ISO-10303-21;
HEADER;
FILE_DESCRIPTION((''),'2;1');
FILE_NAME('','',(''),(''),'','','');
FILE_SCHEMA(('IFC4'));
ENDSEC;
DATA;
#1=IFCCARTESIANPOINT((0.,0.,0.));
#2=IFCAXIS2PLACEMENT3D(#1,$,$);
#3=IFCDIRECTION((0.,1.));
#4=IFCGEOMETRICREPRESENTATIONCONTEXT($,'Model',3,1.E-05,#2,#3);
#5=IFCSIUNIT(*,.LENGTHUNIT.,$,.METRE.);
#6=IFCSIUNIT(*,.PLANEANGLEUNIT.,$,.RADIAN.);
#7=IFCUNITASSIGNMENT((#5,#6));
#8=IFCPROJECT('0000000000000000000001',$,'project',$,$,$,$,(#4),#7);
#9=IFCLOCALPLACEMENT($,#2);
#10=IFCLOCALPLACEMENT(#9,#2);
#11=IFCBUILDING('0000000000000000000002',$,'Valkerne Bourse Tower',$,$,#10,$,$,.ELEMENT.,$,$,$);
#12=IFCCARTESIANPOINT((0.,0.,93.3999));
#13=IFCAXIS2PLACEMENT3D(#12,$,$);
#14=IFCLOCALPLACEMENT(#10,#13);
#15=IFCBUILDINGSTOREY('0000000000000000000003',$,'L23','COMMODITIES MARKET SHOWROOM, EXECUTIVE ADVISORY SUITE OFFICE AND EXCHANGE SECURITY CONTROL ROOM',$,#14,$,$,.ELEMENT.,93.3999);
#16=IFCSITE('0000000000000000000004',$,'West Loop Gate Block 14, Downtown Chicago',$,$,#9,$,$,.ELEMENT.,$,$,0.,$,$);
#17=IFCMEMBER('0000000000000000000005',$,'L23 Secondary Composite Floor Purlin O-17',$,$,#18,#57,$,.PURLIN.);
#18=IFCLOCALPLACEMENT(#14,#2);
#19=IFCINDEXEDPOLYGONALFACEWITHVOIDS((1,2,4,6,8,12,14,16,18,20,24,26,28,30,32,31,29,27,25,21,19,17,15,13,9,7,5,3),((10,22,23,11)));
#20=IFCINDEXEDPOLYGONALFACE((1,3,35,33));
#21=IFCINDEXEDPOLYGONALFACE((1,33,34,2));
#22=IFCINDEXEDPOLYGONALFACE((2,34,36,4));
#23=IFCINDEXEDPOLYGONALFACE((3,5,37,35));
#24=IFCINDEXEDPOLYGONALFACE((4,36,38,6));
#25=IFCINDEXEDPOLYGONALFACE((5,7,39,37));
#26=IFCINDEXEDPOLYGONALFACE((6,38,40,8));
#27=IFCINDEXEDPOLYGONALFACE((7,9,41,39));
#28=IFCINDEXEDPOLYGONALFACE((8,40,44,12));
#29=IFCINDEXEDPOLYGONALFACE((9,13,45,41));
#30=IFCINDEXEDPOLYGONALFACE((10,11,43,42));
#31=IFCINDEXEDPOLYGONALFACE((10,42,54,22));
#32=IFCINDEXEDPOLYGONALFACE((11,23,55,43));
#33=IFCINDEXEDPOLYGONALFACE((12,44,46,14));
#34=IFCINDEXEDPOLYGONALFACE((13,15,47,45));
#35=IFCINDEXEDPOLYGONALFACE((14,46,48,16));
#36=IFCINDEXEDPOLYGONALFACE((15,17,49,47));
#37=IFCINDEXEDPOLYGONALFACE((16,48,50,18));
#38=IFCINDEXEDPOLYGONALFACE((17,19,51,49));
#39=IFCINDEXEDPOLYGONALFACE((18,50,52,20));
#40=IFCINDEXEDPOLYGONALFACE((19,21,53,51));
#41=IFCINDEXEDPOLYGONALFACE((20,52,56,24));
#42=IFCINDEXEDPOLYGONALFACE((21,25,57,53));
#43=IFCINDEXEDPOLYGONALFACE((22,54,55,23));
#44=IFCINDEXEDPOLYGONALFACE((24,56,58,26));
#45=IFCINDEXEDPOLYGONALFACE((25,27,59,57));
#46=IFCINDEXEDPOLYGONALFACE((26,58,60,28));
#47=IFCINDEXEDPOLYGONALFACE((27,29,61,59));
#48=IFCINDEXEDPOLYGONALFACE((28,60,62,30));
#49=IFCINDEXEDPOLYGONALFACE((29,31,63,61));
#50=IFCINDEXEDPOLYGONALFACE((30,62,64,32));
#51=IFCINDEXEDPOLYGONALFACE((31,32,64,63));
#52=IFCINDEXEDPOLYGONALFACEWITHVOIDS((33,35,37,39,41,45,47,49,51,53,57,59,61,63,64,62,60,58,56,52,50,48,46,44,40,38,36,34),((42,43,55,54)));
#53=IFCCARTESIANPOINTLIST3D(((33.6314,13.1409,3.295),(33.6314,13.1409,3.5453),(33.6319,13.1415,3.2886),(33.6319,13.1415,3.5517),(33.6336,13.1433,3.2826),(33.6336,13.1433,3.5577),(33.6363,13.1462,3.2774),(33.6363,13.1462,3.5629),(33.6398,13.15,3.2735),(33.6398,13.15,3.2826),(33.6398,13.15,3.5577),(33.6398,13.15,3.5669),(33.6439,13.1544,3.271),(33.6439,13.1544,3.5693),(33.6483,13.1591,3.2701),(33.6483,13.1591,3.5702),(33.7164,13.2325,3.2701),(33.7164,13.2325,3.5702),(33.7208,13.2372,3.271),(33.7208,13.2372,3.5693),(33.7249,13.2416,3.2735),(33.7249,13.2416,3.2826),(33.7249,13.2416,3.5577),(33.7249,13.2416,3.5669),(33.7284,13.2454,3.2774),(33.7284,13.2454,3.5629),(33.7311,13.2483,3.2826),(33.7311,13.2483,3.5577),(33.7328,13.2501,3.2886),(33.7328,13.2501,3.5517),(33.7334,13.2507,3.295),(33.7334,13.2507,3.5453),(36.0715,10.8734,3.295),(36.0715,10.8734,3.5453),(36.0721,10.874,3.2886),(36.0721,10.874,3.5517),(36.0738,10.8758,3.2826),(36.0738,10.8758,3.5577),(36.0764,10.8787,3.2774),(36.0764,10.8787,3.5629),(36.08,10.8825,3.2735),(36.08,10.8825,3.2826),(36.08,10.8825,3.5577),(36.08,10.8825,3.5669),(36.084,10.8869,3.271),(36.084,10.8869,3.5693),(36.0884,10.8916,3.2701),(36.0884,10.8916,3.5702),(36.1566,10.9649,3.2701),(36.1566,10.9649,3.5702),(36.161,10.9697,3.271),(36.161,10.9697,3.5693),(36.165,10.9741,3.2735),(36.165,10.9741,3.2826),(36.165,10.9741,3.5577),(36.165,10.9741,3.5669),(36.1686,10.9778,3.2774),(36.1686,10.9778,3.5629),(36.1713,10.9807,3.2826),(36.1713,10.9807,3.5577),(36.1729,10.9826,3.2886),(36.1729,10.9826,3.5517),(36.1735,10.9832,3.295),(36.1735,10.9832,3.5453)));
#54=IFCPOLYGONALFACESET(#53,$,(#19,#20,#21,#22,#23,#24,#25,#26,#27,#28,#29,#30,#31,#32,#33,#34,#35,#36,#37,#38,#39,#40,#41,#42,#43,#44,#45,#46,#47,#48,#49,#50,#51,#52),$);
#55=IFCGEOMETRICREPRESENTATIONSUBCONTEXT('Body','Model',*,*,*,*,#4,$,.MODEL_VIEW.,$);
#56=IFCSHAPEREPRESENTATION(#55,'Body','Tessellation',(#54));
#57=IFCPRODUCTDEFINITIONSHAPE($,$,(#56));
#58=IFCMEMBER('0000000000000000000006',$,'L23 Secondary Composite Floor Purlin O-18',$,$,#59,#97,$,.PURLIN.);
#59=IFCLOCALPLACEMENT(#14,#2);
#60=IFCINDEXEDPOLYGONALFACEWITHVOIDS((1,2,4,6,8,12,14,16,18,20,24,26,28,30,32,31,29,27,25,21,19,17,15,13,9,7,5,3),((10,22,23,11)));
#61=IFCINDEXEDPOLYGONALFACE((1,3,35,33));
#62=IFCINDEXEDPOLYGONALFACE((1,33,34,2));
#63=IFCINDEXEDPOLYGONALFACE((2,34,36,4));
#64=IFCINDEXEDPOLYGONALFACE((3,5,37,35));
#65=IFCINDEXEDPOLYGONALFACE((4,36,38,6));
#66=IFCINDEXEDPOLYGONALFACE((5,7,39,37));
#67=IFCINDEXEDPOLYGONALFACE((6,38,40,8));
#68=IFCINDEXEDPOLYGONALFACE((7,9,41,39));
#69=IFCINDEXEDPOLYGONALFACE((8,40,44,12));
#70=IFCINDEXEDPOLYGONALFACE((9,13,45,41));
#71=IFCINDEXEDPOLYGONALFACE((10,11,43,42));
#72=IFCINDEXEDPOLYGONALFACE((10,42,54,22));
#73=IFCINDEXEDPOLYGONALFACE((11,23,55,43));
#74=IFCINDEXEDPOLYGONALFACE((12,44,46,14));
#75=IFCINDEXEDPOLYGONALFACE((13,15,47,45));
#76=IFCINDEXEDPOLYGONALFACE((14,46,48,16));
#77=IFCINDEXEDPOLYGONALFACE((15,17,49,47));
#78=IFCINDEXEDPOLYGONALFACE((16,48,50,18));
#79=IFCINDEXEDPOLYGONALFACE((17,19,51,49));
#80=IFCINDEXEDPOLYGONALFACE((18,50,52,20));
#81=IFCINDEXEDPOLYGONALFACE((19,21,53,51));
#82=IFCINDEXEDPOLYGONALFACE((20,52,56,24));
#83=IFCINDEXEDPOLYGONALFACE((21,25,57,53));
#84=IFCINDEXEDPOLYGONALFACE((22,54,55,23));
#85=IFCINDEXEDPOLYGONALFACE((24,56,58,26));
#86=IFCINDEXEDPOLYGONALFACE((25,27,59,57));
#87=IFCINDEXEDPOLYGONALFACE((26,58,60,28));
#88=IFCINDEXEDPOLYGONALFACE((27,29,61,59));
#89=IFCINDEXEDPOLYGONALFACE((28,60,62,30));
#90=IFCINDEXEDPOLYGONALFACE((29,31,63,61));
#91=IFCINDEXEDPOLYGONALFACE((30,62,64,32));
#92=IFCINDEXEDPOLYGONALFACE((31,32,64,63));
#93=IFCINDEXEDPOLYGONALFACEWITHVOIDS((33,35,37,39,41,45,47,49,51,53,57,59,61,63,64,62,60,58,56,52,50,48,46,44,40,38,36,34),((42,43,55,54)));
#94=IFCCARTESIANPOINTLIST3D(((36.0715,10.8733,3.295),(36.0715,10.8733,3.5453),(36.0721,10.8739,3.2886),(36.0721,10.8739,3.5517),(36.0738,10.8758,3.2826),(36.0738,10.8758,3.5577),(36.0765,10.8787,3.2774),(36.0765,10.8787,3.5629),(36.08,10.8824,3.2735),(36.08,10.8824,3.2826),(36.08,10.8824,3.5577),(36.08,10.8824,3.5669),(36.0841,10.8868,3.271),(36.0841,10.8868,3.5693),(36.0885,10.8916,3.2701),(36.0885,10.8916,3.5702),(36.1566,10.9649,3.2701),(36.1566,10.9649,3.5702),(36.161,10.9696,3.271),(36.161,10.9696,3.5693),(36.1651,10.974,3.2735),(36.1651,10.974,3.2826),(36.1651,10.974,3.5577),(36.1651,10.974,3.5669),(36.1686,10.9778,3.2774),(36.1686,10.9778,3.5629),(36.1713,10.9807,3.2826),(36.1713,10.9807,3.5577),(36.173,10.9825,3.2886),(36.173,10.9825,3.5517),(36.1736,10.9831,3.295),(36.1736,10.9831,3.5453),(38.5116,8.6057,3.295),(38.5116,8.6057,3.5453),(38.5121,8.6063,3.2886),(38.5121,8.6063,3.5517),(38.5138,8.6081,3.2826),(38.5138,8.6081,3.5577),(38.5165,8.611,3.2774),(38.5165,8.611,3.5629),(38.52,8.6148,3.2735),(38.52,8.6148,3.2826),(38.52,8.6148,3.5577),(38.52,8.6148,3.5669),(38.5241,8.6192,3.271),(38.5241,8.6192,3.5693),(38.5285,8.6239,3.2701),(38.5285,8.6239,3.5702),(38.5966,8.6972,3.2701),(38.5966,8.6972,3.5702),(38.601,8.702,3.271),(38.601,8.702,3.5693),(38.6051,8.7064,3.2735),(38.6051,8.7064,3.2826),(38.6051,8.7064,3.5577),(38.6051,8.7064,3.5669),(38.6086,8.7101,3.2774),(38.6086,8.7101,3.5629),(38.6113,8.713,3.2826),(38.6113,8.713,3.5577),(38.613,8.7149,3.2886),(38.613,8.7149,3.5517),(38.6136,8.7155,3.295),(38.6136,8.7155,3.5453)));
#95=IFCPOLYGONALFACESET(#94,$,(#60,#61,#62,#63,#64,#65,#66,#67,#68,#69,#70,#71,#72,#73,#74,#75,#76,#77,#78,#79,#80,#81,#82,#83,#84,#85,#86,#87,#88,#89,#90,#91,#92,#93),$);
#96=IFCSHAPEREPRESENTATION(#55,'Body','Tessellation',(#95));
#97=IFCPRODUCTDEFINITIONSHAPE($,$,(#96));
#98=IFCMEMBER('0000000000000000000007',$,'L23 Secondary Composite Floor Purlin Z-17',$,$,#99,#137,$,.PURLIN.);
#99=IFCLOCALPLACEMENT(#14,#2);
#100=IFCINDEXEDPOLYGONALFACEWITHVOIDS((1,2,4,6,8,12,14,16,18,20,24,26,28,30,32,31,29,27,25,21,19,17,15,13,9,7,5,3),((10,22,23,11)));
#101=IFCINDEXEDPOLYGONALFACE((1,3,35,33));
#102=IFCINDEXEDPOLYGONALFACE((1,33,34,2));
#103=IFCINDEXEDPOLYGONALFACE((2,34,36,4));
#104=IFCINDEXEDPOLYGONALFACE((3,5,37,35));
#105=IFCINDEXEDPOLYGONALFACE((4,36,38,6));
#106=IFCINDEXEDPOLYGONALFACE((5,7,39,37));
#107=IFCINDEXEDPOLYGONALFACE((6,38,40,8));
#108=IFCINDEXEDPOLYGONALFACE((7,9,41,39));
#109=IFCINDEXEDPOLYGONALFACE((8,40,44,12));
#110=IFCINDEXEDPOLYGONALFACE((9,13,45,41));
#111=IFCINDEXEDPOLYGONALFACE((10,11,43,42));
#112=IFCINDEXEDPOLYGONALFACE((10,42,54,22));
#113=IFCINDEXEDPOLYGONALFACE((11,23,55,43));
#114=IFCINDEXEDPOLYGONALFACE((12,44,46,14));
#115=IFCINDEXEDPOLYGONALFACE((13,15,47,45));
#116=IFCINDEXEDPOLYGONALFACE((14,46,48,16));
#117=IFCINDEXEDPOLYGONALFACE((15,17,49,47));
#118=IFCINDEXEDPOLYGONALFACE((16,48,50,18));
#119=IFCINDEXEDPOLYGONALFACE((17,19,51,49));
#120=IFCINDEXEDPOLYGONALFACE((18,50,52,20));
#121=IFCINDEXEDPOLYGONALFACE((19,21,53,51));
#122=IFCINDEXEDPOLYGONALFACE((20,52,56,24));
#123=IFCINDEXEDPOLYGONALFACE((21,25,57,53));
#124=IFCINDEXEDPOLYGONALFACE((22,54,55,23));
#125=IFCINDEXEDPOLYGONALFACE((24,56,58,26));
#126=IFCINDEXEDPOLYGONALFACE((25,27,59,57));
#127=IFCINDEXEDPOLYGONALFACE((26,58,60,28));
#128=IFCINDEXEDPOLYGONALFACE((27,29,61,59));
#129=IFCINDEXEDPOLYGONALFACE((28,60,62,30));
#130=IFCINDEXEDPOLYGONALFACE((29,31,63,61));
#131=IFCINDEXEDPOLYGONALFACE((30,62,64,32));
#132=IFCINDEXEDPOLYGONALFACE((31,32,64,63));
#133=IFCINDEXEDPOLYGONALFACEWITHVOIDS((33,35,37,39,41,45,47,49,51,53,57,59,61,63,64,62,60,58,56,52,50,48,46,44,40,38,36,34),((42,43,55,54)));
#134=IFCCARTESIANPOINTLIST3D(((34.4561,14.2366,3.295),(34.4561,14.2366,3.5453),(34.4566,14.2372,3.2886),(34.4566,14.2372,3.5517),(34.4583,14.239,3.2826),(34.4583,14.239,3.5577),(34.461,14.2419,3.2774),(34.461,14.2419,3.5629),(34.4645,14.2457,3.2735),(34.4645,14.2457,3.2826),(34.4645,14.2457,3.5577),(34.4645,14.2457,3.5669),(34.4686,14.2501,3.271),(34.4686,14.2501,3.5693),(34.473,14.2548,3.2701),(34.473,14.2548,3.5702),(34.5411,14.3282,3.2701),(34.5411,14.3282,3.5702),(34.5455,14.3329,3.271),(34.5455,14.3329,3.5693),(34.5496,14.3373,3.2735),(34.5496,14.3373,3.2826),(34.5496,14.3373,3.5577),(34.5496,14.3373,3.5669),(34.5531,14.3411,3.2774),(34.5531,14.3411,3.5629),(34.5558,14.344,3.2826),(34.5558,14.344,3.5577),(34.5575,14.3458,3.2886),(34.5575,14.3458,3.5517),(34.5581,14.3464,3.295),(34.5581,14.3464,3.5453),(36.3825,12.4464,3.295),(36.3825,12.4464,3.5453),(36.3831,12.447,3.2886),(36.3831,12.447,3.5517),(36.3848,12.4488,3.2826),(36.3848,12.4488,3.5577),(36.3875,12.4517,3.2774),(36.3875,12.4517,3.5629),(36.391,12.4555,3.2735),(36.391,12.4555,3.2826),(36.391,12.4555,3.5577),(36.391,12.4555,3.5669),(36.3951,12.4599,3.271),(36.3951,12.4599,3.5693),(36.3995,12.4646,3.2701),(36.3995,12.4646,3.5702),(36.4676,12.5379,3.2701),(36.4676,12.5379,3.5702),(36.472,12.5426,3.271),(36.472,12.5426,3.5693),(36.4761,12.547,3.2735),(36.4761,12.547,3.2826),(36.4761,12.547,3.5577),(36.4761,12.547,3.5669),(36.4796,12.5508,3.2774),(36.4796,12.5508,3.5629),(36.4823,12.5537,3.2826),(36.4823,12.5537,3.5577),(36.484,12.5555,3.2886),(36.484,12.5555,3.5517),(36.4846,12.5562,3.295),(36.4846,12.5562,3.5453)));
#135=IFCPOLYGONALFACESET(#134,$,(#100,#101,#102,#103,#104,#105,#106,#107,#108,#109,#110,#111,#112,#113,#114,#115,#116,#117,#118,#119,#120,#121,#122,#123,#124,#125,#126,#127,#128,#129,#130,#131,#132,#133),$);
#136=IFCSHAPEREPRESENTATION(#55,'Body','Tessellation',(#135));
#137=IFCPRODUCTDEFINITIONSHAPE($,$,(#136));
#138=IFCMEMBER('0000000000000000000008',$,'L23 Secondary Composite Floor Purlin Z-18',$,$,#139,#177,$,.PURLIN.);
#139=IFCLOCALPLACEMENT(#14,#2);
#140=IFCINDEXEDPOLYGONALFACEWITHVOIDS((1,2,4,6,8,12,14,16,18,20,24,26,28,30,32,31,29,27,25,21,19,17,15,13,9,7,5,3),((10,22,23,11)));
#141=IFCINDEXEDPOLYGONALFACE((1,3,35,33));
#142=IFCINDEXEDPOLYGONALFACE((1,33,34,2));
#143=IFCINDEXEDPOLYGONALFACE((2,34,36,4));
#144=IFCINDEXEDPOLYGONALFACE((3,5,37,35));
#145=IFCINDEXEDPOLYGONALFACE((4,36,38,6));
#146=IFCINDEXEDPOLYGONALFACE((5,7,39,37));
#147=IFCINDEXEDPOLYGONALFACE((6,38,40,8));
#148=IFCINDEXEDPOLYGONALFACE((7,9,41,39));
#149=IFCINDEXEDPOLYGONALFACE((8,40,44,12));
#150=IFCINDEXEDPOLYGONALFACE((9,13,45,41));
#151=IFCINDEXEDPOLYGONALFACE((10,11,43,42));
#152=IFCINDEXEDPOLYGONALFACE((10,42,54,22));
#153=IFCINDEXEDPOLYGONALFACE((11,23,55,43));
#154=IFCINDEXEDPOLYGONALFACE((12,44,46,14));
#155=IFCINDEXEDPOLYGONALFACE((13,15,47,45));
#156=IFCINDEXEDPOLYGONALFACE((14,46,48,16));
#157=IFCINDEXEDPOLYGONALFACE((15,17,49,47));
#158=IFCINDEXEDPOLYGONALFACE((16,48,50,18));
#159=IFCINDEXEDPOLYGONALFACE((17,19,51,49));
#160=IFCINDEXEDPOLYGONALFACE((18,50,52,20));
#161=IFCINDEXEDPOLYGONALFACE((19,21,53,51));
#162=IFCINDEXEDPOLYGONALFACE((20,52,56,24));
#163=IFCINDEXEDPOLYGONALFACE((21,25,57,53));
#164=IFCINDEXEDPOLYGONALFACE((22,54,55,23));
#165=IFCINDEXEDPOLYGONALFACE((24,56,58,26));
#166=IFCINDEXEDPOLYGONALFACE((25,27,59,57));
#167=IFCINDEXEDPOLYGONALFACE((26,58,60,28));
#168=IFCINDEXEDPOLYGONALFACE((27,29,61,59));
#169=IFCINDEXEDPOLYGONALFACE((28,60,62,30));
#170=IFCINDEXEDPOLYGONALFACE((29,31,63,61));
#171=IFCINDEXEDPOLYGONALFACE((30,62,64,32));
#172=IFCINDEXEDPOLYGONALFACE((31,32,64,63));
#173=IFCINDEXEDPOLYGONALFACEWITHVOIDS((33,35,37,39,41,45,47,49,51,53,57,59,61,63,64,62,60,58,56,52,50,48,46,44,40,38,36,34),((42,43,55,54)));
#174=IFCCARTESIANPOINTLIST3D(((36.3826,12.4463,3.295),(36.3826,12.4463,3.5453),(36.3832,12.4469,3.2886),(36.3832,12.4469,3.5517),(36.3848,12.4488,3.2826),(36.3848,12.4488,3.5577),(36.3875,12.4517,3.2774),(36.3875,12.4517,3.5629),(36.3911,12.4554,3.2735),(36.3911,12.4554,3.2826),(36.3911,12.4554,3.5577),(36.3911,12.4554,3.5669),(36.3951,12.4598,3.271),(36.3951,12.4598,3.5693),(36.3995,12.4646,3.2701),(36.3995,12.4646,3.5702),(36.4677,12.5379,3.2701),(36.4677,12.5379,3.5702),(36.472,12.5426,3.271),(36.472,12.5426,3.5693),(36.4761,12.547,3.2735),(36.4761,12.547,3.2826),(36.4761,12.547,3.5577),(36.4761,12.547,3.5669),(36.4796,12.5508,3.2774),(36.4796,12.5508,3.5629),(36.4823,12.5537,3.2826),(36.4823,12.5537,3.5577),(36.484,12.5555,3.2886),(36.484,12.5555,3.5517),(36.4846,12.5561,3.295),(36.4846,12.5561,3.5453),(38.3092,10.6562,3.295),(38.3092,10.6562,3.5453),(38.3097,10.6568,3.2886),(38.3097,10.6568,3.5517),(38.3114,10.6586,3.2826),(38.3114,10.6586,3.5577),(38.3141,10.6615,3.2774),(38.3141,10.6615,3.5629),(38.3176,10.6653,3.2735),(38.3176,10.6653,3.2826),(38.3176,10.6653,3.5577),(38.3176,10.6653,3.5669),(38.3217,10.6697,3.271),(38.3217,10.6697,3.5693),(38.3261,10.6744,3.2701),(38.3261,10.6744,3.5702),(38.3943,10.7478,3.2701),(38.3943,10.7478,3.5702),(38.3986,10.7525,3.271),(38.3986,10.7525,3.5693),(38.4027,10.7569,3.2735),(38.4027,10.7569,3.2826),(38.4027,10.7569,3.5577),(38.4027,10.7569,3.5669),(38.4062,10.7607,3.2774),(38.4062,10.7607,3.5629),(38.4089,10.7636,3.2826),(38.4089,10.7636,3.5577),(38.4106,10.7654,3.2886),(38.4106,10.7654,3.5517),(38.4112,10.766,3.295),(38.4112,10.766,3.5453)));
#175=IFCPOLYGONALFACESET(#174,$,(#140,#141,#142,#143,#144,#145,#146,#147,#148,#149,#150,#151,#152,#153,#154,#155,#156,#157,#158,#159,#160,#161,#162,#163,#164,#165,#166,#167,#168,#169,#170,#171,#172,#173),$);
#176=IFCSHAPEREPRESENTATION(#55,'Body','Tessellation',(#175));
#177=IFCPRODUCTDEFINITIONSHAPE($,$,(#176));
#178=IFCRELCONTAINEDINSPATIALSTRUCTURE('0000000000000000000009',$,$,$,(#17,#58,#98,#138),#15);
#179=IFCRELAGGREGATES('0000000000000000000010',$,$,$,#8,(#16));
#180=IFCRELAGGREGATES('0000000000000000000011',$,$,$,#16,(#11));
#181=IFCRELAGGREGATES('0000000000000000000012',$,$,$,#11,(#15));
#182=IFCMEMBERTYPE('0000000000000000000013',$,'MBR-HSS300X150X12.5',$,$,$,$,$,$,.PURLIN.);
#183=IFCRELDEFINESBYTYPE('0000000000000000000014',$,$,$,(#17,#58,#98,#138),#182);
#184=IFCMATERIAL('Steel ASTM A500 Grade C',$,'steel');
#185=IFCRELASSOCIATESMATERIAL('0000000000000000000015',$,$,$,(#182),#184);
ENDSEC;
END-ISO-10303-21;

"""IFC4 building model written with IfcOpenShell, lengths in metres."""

from ifc_helpers import new_model, si_unit, direction, frame, origin, origin_2d, place, context, subcontext, project, spatial, hollow_rectangle, extrude, material, material_profile, profile_set, type_object, element, save


model = new_model("IFC4")

# Units and contexts
model_context = context("Model", 3, precision=1e-05, world=origin(), true_north=direction((0.0, 1.0)))
body_context = subcontext(model_context, "Body", "Model", "MODEL_VIEW")
ifc_project = project(units=[si_unit("LENGTHUNIT", "METRE"), si_unit("PLANEANGLEUNIT", "RADIAN")], contexts=[model_context])

# Site, building, storey
site_placement = place(None, origin())
site = spatial("IfcSite", under=ifc_project, at=site_placement, Name="West Loop Gate Block 14, Downtown Chicago", CompositionType="ELEMENT", RefElevation=0.0)
building_placement = place(site_placement, origin())
building = spatial("IfcBuilding", under=site, at=building_placement, Name="Valkerne Bourse Tower", CompositionType="ELEMENT")
storey_placement = place(building_placement, frame((0.0, 0.0, 93.3999)))
storey = spatial("IfcBuildingStorey", under=building, at=storey_placement, Name="L23", Description="COMMODITIES MARKET SHOWROOM, EXECUTIVE ADVISORY SUITE OFFICE AND EXCHANGE SECURITY CONTROL ROOM", CompositionType="ELEMENT", Elevation=93.3999)

# Members
ifc_material_1 = material(Name="Steel ASTM A500 Grade C", Category="steel")
ifc_material_profile_1 = material_profile(ifc_material_1, hollow_rectangle(XDim=0.1499, YDim=0.3, WallThickness=0.0125, OuterFilletRadius=0.0249, at=origin_2d()), Name="HSS300X150X12.5")
ifc_profile_set_1 = profile_set([ifc_material_profile_1], Name="Steel ASTM A500 Grade C")
member_type_1 = type_object("IfcMemberType", Name="MBR-HSS300X150X12.5", PredefinedType="PURLIN", material=ifc_profile_set_1)
for number, where, z_axis, x_axis, name in (
    (1, (33.6824, 13.1958, 3.4202), (0.73254, -0.680724, 0.0), (0.680724, 0.73254, 0.0), "L23 Secondary Composite Floor Purlin O-17"),
    (2, (36.1226, 10.9282, 3.4202), (0.732506, -0.68076, 0.0), (0.68076, 0.732506, 0.0), "L23 Secondary Composite Floor Purlin O-18"),
):
    element("IfcMember", number, at=place(storey_placement, frame(where, z_axis=z_axis, x_axis=x_axis)), inside=storey, type_object=member_type_1, Name=name, PredefinedType="PURLIN", context=body_context, shape_type="SweptSolid", body=[
        extrude(hollow_rectangle(XDim=0.1499, YDim=0.3, WallThickness=0.0125, OuterFilletRadius=0.0249, at=origin_2d()), origin(), (0.0, 0.0, 1.0), 3.3311),
    ])
for number, where, z_axis, x_axis, name in (
    (3, (34.5071, 14.2915, 3.4202), (0.732532, -0.680732, 0.0), (0.680732, 0.732532, 0.0), "L23 Secondary Composite Floor Purlin Z-17"),
    (4, (36.4336, 12.5012, 3.4202), (0.732579, -0.680683, 0.0), (0.680683, 0.732579, 0.0), "L23 Secondary Composite Floor Purlin Z-18"),
):
    element("IfcMember", number, at=place(storey_placement, frame(where, z_axis=z_axis, x_axis=x_axis)), inside=storey, type_object=member_type_1, Name=name, PredefinedType="PURLIN", context=body_context, shape_type="SweptSolid", body=[
        extrude(hollow_rectangle(XDim=0.1499, YDim=0.3, WallThickness=0.0125, OuterFilletRadius=0.0249, at=origin_2d()), origin(), (0.0, 0.0, 1.0), 2.6299),
    ])

save(model, "model.ifc")
